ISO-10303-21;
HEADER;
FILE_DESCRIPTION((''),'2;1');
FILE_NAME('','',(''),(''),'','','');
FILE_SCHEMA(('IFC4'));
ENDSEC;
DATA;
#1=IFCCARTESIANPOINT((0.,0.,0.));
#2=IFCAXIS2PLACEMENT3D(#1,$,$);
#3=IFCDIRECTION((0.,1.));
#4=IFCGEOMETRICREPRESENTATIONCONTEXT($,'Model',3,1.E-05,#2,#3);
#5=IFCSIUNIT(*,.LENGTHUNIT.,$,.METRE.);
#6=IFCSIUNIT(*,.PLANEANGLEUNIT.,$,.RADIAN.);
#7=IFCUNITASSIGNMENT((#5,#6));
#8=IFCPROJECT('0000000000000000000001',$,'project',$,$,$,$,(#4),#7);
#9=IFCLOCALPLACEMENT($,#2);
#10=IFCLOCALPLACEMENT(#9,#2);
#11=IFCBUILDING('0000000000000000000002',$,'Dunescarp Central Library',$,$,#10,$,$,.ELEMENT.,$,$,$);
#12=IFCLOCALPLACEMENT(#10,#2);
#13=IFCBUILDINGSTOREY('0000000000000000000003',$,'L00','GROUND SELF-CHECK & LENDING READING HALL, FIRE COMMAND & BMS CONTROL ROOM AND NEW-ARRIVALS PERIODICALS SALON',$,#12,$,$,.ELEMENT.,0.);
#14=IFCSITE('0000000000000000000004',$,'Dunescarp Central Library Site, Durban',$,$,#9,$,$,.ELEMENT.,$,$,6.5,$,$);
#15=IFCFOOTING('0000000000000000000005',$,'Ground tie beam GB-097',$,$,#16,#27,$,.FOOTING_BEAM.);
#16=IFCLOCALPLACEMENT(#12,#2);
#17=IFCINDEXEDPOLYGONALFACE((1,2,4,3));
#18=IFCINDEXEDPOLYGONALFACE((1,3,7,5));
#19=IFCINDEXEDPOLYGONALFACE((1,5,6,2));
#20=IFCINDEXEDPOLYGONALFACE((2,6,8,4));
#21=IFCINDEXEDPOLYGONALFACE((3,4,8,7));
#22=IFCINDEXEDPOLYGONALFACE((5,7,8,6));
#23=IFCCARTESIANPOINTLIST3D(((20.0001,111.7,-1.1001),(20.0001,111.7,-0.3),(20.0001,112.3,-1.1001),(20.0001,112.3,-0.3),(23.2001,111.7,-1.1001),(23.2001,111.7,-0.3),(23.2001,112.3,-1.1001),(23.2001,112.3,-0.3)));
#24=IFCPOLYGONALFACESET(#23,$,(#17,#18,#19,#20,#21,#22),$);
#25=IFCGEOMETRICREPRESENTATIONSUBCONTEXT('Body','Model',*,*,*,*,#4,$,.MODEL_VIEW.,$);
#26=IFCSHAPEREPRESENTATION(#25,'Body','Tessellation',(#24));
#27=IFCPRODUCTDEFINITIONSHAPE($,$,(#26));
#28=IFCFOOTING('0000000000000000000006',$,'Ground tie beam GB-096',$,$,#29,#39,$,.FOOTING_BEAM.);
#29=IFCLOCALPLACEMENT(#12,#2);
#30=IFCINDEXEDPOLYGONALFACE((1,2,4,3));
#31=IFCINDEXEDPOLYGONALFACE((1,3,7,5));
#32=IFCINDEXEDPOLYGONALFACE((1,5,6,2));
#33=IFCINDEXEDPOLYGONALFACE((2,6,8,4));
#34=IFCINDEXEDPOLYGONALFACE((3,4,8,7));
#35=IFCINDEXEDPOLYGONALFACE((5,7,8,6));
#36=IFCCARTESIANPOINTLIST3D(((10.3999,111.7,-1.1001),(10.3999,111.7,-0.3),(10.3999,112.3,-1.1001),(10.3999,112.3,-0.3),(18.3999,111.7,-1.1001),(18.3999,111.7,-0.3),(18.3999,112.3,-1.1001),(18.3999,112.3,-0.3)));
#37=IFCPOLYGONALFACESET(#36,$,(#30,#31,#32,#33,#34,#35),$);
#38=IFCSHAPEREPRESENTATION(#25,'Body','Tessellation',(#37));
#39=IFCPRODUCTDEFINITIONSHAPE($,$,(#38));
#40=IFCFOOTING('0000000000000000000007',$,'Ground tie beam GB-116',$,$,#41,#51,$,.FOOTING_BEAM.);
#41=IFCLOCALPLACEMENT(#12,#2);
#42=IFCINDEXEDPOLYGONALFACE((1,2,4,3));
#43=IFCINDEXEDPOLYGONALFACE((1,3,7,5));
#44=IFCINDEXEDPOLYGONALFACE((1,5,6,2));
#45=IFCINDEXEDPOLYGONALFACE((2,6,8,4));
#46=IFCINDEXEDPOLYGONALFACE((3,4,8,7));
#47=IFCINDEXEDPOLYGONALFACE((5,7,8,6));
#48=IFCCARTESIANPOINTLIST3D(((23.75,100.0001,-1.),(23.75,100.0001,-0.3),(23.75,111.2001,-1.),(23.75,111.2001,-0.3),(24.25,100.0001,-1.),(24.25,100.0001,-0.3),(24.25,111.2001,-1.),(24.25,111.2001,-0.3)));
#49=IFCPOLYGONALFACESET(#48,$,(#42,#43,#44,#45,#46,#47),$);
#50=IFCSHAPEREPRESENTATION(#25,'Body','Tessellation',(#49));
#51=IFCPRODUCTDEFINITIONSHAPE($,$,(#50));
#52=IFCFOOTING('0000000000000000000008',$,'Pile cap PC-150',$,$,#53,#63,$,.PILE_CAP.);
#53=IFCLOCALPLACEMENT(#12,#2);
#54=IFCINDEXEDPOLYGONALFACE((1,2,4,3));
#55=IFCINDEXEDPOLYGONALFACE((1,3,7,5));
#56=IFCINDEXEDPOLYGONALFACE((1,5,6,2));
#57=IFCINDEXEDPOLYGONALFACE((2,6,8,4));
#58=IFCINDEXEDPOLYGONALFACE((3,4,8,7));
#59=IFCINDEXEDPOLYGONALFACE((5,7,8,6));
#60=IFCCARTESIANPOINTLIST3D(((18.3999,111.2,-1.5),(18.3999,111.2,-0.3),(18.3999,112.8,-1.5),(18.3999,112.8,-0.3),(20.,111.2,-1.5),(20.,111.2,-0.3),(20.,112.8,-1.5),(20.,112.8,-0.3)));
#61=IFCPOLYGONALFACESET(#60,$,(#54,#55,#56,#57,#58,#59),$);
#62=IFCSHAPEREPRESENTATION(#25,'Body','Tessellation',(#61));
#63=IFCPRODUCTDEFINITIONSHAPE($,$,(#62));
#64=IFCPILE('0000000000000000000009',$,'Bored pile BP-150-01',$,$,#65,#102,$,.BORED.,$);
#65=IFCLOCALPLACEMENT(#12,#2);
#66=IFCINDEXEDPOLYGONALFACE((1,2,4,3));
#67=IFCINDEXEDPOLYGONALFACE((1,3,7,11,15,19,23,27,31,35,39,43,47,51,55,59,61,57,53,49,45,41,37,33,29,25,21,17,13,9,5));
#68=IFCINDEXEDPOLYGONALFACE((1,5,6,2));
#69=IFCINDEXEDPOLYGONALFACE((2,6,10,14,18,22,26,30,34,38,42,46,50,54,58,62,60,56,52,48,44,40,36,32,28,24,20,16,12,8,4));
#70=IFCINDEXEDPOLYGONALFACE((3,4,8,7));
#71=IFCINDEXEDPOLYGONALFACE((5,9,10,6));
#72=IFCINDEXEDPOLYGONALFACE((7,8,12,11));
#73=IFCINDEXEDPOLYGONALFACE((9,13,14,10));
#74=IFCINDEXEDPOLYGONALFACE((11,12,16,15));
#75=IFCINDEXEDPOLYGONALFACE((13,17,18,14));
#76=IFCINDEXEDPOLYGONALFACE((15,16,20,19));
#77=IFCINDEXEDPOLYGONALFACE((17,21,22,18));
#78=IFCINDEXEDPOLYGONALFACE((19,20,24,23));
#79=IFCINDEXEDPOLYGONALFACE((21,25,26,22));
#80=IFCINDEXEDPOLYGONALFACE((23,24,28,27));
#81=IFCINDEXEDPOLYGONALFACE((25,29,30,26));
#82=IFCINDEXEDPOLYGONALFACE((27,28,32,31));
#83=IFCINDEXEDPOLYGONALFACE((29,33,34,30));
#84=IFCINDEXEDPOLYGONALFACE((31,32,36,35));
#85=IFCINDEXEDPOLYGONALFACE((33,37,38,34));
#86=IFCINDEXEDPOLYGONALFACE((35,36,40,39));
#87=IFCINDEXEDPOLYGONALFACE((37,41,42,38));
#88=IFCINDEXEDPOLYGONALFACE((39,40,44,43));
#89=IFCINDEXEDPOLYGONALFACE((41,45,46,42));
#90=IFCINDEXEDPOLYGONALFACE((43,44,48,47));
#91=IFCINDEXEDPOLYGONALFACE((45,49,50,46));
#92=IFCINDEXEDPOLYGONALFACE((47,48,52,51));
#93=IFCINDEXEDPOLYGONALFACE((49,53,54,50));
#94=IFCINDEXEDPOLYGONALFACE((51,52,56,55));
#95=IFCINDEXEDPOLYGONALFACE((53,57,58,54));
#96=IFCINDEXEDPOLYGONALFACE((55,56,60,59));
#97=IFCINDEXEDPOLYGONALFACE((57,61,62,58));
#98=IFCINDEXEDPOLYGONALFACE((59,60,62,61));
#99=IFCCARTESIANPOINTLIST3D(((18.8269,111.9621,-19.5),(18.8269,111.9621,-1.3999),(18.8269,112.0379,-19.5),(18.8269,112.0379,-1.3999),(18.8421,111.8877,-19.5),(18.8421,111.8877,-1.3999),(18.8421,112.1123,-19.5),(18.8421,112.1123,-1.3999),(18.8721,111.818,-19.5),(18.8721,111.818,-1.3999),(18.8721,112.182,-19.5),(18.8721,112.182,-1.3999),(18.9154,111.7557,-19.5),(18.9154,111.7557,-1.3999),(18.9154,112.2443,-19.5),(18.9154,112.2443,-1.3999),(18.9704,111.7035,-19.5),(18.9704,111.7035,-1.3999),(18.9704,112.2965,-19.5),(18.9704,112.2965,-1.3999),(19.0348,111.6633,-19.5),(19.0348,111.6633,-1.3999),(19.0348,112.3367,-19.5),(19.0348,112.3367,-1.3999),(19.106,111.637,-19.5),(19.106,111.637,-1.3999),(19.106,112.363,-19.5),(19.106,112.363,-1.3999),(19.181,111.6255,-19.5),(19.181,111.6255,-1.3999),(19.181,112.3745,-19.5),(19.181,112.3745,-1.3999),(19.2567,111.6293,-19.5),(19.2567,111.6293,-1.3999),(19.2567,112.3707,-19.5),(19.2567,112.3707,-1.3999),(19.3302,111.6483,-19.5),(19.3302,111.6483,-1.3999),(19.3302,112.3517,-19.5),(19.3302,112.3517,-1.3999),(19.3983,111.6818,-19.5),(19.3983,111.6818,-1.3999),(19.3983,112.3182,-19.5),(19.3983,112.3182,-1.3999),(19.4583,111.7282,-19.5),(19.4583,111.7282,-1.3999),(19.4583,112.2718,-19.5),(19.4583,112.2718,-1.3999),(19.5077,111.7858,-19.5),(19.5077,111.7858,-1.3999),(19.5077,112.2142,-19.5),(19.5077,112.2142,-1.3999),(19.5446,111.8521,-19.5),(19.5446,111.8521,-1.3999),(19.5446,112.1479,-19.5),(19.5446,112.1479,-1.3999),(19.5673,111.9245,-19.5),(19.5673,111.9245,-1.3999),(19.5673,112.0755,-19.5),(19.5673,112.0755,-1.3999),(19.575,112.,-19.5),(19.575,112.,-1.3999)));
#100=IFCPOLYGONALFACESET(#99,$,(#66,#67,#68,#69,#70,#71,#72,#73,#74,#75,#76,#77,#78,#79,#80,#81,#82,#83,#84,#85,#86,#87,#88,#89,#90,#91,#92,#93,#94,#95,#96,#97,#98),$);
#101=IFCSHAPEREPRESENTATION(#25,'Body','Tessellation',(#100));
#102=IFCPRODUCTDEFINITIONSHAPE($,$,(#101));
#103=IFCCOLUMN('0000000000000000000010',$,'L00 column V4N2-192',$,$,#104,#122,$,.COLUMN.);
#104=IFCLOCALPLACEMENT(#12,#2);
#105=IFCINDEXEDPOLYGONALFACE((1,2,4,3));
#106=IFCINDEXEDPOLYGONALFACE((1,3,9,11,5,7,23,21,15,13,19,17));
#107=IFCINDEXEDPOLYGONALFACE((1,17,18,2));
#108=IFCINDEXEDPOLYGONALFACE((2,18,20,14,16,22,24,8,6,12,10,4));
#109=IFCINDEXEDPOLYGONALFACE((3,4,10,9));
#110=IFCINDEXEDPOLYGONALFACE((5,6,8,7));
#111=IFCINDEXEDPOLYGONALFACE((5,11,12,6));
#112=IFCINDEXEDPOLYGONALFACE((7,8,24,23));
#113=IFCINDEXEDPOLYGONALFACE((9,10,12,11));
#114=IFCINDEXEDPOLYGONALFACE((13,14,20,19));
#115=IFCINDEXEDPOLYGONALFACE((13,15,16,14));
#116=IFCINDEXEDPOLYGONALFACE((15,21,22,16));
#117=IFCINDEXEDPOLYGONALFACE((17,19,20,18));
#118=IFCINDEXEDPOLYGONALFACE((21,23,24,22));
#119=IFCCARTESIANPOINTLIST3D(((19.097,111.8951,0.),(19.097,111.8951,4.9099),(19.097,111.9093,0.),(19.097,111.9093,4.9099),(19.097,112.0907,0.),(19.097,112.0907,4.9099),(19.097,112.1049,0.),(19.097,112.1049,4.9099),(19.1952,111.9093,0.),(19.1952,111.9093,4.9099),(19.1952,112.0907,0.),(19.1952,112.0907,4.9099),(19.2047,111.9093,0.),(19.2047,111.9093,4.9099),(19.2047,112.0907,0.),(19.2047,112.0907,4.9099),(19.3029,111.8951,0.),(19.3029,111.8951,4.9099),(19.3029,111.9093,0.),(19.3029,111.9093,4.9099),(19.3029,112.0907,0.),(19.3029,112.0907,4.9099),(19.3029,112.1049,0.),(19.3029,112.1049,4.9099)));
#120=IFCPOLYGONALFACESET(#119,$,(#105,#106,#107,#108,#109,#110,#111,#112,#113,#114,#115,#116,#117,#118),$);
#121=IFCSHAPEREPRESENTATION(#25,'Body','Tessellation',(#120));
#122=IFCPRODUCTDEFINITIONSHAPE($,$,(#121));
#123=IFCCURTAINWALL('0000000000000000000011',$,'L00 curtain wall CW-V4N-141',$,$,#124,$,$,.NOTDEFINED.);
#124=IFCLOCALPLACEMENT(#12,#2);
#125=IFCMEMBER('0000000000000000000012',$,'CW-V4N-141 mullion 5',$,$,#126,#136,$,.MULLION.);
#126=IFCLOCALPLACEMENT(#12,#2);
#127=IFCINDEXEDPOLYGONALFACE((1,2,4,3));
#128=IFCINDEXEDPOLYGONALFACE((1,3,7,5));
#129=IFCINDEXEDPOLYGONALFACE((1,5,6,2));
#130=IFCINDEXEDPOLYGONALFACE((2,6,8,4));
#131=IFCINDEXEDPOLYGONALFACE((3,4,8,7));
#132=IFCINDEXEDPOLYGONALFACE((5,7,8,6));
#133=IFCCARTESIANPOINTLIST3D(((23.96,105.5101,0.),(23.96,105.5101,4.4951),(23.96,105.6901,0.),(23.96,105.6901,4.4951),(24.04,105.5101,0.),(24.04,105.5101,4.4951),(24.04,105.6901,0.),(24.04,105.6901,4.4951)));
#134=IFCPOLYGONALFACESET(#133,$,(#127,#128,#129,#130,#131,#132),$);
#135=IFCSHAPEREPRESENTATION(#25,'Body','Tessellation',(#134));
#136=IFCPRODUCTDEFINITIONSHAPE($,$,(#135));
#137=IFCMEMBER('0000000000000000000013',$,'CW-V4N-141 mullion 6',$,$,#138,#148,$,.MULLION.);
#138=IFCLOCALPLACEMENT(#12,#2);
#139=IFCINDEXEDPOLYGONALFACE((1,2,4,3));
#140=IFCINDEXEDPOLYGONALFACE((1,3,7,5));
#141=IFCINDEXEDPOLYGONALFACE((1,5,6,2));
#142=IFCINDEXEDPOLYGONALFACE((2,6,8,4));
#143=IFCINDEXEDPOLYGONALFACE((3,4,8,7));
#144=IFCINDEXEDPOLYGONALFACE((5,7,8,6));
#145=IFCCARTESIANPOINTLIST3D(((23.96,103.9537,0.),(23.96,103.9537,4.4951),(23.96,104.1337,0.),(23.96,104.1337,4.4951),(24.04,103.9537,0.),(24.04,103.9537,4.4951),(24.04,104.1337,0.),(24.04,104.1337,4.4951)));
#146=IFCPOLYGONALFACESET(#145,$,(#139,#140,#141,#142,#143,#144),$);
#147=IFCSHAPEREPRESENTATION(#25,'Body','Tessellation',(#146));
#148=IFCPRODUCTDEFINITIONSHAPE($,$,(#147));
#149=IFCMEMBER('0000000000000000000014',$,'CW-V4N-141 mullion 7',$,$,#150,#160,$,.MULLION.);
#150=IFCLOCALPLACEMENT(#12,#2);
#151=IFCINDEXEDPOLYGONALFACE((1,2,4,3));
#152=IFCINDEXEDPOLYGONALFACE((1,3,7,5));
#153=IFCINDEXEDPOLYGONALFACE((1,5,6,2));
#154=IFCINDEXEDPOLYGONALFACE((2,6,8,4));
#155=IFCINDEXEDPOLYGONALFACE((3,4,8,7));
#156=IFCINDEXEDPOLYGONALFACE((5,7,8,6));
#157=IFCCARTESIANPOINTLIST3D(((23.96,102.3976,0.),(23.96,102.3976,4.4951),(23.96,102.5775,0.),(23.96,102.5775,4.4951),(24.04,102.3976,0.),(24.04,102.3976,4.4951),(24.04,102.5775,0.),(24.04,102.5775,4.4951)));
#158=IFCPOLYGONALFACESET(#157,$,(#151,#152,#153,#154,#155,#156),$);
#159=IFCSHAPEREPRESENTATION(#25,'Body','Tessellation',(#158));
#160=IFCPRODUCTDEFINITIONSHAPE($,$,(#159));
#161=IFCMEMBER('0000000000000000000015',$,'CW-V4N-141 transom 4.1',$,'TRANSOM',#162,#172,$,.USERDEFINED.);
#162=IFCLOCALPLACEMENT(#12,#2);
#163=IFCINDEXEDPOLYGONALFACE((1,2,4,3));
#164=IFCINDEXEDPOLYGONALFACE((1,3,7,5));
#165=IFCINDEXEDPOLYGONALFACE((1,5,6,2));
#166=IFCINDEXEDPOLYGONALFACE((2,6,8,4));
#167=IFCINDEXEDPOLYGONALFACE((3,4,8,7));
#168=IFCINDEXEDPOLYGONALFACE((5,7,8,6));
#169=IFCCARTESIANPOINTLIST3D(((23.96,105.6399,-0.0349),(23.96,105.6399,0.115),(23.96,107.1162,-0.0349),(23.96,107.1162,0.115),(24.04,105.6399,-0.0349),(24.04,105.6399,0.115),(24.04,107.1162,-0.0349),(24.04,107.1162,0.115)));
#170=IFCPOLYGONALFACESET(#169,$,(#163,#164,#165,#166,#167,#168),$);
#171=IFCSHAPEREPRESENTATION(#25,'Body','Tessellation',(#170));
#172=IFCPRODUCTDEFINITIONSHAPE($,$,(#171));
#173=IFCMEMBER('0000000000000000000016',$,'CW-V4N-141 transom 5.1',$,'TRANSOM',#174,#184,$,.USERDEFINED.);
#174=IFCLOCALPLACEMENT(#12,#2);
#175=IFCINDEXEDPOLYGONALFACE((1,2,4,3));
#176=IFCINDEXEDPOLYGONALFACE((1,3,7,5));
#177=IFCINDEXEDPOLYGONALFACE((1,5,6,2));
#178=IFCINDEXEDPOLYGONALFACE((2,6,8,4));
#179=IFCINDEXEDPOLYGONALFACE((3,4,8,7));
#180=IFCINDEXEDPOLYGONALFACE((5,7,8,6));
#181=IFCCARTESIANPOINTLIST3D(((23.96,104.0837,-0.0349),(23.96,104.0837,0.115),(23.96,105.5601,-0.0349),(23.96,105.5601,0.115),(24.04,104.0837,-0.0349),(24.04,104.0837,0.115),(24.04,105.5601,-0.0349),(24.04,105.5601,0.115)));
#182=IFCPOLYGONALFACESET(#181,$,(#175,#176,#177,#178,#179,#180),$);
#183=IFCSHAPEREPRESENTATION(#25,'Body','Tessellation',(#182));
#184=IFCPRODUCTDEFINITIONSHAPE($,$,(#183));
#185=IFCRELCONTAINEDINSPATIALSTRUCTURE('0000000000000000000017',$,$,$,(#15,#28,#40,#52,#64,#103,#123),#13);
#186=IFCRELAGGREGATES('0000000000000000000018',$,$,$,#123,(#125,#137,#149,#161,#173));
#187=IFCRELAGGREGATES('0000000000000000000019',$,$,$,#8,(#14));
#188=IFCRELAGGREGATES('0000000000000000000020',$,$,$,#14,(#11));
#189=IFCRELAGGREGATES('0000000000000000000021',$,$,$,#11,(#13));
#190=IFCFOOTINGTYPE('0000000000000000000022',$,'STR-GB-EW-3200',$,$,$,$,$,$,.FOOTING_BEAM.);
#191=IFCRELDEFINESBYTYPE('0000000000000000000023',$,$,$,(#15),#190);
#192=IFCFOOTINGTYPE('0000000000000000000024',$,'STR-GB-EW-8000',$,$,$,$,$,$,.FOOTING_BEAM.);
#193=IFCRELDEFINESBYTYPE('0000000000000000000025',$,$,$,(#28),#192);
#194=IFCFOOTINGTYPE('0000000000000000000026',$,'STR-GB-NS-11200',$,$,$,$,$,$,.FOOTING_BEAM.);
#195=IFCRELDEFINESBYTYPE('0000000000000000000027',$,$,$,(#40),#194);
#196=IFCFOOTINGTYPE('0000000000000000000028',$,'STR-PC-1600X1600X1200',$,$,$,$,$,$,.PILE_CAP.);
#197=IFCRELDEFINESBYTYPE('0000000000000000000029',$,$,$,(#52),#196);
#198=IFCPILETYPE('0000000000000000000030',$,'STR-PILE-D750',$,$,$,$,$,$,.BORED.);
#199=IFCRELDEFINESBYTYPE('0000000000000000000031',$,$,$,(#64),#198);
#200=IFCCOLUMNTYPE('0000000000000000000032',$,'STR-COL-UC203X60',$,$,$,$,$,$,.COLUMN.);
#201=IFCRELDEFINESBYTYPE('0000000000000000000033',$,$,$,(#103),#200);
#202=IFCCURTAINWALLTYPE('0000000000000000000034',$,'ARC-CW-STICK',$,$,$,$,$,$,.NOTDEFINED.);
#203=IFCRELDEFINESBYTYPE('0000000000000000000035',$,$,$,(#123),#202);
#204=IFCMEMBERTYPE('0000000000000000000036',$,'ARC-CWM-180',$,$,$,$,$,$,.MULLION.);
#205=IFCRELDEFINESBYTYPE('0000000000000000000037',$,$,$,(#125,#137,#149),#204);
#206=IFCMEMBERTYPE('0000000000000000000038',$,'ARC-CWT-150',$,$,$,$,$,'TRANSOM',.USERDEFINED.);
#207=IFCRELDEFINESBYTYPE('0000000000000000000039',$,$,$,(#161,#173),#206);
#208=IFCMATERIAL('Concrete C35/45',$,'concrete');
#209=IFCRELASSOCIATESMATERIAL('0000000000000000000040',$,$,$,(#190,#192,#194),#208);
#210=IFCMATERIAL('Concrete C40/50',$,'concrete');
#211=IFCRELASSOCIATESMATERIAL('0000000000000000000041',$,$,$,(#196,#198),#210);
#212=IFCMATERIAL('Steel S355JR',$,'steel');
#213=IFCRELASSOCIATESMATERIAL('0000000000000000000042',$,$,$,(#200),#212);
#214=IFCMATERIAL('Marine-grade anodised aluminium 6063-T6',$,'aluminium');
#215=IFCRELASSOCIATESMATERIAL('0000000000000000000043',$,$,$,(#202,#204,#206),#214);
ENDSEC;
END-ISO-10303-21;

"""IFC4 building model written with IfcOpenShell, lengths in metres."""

from ifc_helpers import new_model, si_unit, direction, frame, origin, origin_2d, place, context, subcontext, project, spatial, rectangle, circle, i_section, extrude, material, material_profile, profile_set, type_object, element, aggregate, save


model = new_model("IFC4")

# Units and contexts
model_context = context("Model", 3, precision=1e-05, world=origin(), true_north=direction((0.0, 1.0)))
body_context = subcontext(model_context, "Body", "Model", "MODEL_VIEW")
ifc_project = project(units=[si_unit("LENGTHUNIT", "METRE"), si_unit("PLANEANGLEUNIT", "RADIAN")], contexts=[model_context])

# Site, building, storey
site_placement = place(None, origin())
site = spatial("IfcSite", under=ifc_project, at=site_placement, Name="Dunescarp Central Library Site, Durban", CompositionType="ELEMENT", RefElevation=6.5)
building_placement = place(site_placement, origin())
building = spatial("IfcBuilding", under=site, at=building_placement, Name="Dunescarp Central Library", CompositionType="ELEMENT")
storey_placement = place(building_placement, origin())
storey = spatial("IfcBuildingStorey", under=building, at=storey_placement, Name="L00", Description="GROUND SELF-CHECK & LENDING READING HALL, FIRE COMMAND & BMS CONTROL ROOM AND NEW-ARRIVALS PERIODICALS SALON", CompositionType="ELEMENT", Elevation=0.0)

# Footings
ifc_material_1 = material(Name="Concrete C35/45", Category="concrete")
footing_type_1 = type_object("IfcFootingType", Name="STR-GB-EW-3200", PredefinedType="FOOTING_BEAM", material=ifc_material_1)
footing_1_placement = place(storey_placement, frame((21.6001, 112.0, -1.1001), z_axis=(0.0, 0.0, 1.0), x_axis=(1.0, 0.0, 0.0)))
element("IfcFooting", 1, at=footing_1_placement, inside=storey, type_object=footing_type_1, Name="Ground tie beam GB-097", PredefinedType="FOOTING_BEAM", context=body_context, shape_type="SweptSolid", body=[
    extrude(rectangle(XDim=3.2, YDim=0.6001, at=origin_2d()), origin(), (0.0, 0.0, 1.0), 0.8),
])
footing_type_2 = type_object("IfcFootingType", Name="STR-GB-EW-8000", PredefinedType="FOOTING_BEAM", material=ifc_material_1)
footing_2_placement = place(storey_placement, frame((14.3999, 112.0, -1.1001), z_axis=(0.0, 0.0, 1.0), x_axis=(1.0, 0.0, 0.0)))
element("IfcFooting", 2, at=footing_2_placement, inside=storey, type_object=footing_type_2, Name="Ground tie beam GB-096", PredefinedType="FOOTING_BEAM", context=body_context, shape_type="SweptSolid", body=[
    extrude(rectangle(XDim=8.0, YDim=0.6001, at=origin_2d()), origin(), (0.0, 0.0, 1.0), 0.8),
])
footing_type_3 = type_object("IfcFootingType", Name="STR-GB-NS-11200", PredefinedType="FOOTING_BEAM", material=ifc_material_1)
footing_3_placement = place(storey_placement, frame((24.0, 105.6001, -1.0), z_axis=(0.0, 0.0, 1.0), x_axis=(0.0, 1.0, 0.0)))
element("IfcFooting", 3, at=footing_3_placement, inside=storey, type_object=footing_type_3, Name="Ground tie beam GB-116", PredefinedType="FOOTING_BEAM", context=body_context, shape_type="SweptSolid", body=[
    extrude(rectangle(XDim=11.2, YDim=0.5, at=origin_2d()), origin(), (0.0, 0.0, 1.0), 0.7),
])
ifc_material_2 = material(Name="Concrete C40/50", Category="concrete")
footing_type_4 = type_object("IfcFootingType", Name="STR-PC-1600X1600X1200", PredefinedType="PILE_CAP", material=ifc_material_2)
footing_4_placement = place(storey_placement, frame((19.2, 112.0, -1.5), z_axis=(0.0, 0.0, 1.0), x_axis=(1.0, 0.0, 0.0)))
element("IfcFooting", 4, at=footing_4_placement, inside=storey, type_object=footing_type_4, Name="Pile cap PC-150", PredefinedType="PILE_CAP", context=body_context, shape_type="SweptSolid", body=[
    extrude(rectangle(XDim=1.6001, YDim=1.6001, at=origin_2d()), origin(), (0.0, 0.0, 1.0), 1.2),
])

# Pile
ifc_material_profile_1 = material_profile(ifc_material_2, circle(Radius=0.375, at=origin_2d()), Name="PILE D750")
ifc_profile_set_1 = profile_set([ifc_material_profile_1], Name="Concrete C40/50")
pile_type = type_object("IfcPileType", Name="STR-PILE-D750", PredefinedType="BORED", material=ifc_profile_set_1)
pile_placement = place(storey_placement, frame((19.2, 112.0, -1.3999), z_axis=(0.0, 0.0, -1.0), x_axis=(1.0, 0.0, 0.0)))
element("IfcPile", 5, at=pile_placement, inside=storey, type_object=pile_type, Name="Bored pile BP-150-01", PredefinedType="BORED", context=body_context, shape_type="SweptSolid", body=[
    extrude(circle(Radius=0.375, at=origin_2d()), origin(), (0.0, 0.0, 1.0), 18.1001),
])

# Column
ifc_material_3 = material(Name="Steel S355JR", Category="steel")
ifc_material_profile_2 = material_profile(ifc_material_3, i_section(OverallWidth=0.2058, OverallDepth=0.2097, WebThickness=0.0095, FlangeThickness=0.0142, at=origin_2d()), Name="UC 203x203x60")
ifc_profile_set_2 = profile_set([ifc_material_profile_2], Name="Steel S355JR")
column_type = type_object("IfcColumnType", Name="STR-COL-UC203X60", PredefinedType="COLUMN", material=ifc_profile_set_2)
column_placement = place(storey_placement, frame((19.2, 112.0, 0.0), z_axis=(0.0, 0.0, 1.0), x_axis=(1.0, 0.0, 0.0)))
element("IfcColumn", 6, at=column_placement, inside=storey, type_object=column_type, Name="L00 column V4N2-192", PredefinedType="COLUMN", context=body_context, shape_type="SweptSolid", body=[
    extrude(i_section(OverallWidth=0.2058, OverallDepth=0.2097, WebThickness=0.0095, FlangeThickness=0.0142, at=origin_2d()), origin(), (0.0, 0.0, 1.0), 4.9099),
])

# Curtain wall, members
ifc_material_4 = material(Name="Marine-grade anodised aluminium 6063-T6", Category="aluminium")
curtain_wall_type = type_object("IfcCurtainWallType", Name="ARC-CW-STICK", PredefinedType="NOTDEFINED", material=ifc_material_4)
curtain_wall_placement = place(storey_placement, origin())
curtain_wall = element("IfcCurtainWall", 7, at=curtain_wall_placement, inside=storey, type_object=curtain_wall_type, Name="L00 curtain wall CW-V4N-141", PredefinedType="NOTDEFINED")
ifc_material_profile_3 = material_profile(ifc_material_4, rectangle(XDim=0.0801, YDim=0.1799, at=origin_2d()), Name="AL 80x180")
ifc_profile_set_3 = profile_set([ifc_material_profile_3], Name="Marine-grade anodised aluminium 6063-T6")
member_type_1 = type_object("IfcMemberType", Name="ARC-CWM-180", PredefinedType="MULLION", material=ifc_profile_set_3)
member_1_placement = place(storey_placement, frame((24.0, 105.6001, 0.0), z_axis=(0.0, 0.0, 1.0), x_axis=(1.0, 0.0, 0.0)))
member_1 = element("IfcMember", 8, at=member_1_placement, type_object=member_type_1, Name="CW-V4N-141 mullion 5", PredefinedType="MULLION", context=body_context, shape_type="SweptSolid", body=[
    extrude(rectangle(XDim=0.0801, YDim=0.1799, at=origin_2d()), origin(), (0.0, 0.0, 1.0), 4.4951),
])
member_2_placement = place(storey_placement, frame((24.0, 104.0437, 0.0), z_axis=(0.0, 0.0, 1.0), x_axis=(1.0, 0.0, 0.0)))
member_2 = element("IfcMember", 9, at=member_2_placement, type_object=member_type_1, Name="CW-V4N-141 mullion 6", PredefinedType="MULLION", context=body_context, shape_type="SweptSolid", body=[
    extrude(rectangle(XDim=0.0801, YDim=0.1799, at=origin_2d()), origin(), (0.0, 0.0, 1.0), 4.4951),
])
member_3_placement = place(storey_placement, frame((24.0, 102.4875, 0.0), z_axis=(0.0, 0.0, 1.0), x_axis=(1.0, 0.0, 0.0)))
member_3 = element("IfcMember", 10, at=member_3_placement, type_object=member_type_1, Name="CW-V4N-141 mullion 7", PredefinedType="MULLION", context=body_context, shape_type="SweptSolid", body=[
    extrude(rectangle(XDim=0.0801, YDim=0.1799, at=origin_2d()), origin(), (0.0, 0.0, 1.0), 4.4951),
])
ifc_material_profile_4 = material_profile(ifc_material_4, rectangle(XDim=0.0801, YDim=0.1499, at=origin_2d()), Name="AL 80x150")
ifc_profile_set_4 = profile_set([ifc_material_profile_4], Name="Marine-grade anodised aluminium 6063-T6")
member_type_2 = type_object("IfcMemberType", Name="ARC-CWT-150", ElementType="TRANSOM", PredefinedType="USERDEFINED", material=ifc_profile_set_4)
member_4_placement = place(storey_placement, frame((24.0, 107.1162, 0.04), z_axis=(0.0, -1.0, 0.0), x_axis=(1.0, 0.0, 0.0)))
member_4 = element("IfcMember", 11, at=member_4_placement, type_object=member_type_2, Name="CW-V4N-141 transom 4.1", ObjectType="TRANSOM", PredefinedType="USERDEFINED", context=body_context, shape_type="SweptSolid", body=[
    extrude(rectangle(XDim=0.0801, YDim=0.1499, at=origin_2d()), origin(), (0.0, 0.0, 1.0), 1.4763),
])
member_5_placement = place(storey_placement, frame((24.0, 105.5601, 0.04), z_axis=(0.0, -1.0, 0.0), x_axis=(1.0, 0.0, 0.0)))
member_5 = element("IfcMember", 12, at=member_5_placement, type_object=member_type_2, Name="CW-V4N-141 transom 5.1", ObjectType="TRANSOM", PredefinedType="USERDEFINED", context=body_context, shape_type="SweptSolid", body=[
    extrude(rectangle(XDim=0.0801, YDim=0.1499, at=origin_2d()), origin(), (0.0, 0.0, 1.0), 1.4763),
])
aggregate(curtain_wall, [member_1, member_2, member_3, member_4, member_5])

save(model, "model.ifc")
